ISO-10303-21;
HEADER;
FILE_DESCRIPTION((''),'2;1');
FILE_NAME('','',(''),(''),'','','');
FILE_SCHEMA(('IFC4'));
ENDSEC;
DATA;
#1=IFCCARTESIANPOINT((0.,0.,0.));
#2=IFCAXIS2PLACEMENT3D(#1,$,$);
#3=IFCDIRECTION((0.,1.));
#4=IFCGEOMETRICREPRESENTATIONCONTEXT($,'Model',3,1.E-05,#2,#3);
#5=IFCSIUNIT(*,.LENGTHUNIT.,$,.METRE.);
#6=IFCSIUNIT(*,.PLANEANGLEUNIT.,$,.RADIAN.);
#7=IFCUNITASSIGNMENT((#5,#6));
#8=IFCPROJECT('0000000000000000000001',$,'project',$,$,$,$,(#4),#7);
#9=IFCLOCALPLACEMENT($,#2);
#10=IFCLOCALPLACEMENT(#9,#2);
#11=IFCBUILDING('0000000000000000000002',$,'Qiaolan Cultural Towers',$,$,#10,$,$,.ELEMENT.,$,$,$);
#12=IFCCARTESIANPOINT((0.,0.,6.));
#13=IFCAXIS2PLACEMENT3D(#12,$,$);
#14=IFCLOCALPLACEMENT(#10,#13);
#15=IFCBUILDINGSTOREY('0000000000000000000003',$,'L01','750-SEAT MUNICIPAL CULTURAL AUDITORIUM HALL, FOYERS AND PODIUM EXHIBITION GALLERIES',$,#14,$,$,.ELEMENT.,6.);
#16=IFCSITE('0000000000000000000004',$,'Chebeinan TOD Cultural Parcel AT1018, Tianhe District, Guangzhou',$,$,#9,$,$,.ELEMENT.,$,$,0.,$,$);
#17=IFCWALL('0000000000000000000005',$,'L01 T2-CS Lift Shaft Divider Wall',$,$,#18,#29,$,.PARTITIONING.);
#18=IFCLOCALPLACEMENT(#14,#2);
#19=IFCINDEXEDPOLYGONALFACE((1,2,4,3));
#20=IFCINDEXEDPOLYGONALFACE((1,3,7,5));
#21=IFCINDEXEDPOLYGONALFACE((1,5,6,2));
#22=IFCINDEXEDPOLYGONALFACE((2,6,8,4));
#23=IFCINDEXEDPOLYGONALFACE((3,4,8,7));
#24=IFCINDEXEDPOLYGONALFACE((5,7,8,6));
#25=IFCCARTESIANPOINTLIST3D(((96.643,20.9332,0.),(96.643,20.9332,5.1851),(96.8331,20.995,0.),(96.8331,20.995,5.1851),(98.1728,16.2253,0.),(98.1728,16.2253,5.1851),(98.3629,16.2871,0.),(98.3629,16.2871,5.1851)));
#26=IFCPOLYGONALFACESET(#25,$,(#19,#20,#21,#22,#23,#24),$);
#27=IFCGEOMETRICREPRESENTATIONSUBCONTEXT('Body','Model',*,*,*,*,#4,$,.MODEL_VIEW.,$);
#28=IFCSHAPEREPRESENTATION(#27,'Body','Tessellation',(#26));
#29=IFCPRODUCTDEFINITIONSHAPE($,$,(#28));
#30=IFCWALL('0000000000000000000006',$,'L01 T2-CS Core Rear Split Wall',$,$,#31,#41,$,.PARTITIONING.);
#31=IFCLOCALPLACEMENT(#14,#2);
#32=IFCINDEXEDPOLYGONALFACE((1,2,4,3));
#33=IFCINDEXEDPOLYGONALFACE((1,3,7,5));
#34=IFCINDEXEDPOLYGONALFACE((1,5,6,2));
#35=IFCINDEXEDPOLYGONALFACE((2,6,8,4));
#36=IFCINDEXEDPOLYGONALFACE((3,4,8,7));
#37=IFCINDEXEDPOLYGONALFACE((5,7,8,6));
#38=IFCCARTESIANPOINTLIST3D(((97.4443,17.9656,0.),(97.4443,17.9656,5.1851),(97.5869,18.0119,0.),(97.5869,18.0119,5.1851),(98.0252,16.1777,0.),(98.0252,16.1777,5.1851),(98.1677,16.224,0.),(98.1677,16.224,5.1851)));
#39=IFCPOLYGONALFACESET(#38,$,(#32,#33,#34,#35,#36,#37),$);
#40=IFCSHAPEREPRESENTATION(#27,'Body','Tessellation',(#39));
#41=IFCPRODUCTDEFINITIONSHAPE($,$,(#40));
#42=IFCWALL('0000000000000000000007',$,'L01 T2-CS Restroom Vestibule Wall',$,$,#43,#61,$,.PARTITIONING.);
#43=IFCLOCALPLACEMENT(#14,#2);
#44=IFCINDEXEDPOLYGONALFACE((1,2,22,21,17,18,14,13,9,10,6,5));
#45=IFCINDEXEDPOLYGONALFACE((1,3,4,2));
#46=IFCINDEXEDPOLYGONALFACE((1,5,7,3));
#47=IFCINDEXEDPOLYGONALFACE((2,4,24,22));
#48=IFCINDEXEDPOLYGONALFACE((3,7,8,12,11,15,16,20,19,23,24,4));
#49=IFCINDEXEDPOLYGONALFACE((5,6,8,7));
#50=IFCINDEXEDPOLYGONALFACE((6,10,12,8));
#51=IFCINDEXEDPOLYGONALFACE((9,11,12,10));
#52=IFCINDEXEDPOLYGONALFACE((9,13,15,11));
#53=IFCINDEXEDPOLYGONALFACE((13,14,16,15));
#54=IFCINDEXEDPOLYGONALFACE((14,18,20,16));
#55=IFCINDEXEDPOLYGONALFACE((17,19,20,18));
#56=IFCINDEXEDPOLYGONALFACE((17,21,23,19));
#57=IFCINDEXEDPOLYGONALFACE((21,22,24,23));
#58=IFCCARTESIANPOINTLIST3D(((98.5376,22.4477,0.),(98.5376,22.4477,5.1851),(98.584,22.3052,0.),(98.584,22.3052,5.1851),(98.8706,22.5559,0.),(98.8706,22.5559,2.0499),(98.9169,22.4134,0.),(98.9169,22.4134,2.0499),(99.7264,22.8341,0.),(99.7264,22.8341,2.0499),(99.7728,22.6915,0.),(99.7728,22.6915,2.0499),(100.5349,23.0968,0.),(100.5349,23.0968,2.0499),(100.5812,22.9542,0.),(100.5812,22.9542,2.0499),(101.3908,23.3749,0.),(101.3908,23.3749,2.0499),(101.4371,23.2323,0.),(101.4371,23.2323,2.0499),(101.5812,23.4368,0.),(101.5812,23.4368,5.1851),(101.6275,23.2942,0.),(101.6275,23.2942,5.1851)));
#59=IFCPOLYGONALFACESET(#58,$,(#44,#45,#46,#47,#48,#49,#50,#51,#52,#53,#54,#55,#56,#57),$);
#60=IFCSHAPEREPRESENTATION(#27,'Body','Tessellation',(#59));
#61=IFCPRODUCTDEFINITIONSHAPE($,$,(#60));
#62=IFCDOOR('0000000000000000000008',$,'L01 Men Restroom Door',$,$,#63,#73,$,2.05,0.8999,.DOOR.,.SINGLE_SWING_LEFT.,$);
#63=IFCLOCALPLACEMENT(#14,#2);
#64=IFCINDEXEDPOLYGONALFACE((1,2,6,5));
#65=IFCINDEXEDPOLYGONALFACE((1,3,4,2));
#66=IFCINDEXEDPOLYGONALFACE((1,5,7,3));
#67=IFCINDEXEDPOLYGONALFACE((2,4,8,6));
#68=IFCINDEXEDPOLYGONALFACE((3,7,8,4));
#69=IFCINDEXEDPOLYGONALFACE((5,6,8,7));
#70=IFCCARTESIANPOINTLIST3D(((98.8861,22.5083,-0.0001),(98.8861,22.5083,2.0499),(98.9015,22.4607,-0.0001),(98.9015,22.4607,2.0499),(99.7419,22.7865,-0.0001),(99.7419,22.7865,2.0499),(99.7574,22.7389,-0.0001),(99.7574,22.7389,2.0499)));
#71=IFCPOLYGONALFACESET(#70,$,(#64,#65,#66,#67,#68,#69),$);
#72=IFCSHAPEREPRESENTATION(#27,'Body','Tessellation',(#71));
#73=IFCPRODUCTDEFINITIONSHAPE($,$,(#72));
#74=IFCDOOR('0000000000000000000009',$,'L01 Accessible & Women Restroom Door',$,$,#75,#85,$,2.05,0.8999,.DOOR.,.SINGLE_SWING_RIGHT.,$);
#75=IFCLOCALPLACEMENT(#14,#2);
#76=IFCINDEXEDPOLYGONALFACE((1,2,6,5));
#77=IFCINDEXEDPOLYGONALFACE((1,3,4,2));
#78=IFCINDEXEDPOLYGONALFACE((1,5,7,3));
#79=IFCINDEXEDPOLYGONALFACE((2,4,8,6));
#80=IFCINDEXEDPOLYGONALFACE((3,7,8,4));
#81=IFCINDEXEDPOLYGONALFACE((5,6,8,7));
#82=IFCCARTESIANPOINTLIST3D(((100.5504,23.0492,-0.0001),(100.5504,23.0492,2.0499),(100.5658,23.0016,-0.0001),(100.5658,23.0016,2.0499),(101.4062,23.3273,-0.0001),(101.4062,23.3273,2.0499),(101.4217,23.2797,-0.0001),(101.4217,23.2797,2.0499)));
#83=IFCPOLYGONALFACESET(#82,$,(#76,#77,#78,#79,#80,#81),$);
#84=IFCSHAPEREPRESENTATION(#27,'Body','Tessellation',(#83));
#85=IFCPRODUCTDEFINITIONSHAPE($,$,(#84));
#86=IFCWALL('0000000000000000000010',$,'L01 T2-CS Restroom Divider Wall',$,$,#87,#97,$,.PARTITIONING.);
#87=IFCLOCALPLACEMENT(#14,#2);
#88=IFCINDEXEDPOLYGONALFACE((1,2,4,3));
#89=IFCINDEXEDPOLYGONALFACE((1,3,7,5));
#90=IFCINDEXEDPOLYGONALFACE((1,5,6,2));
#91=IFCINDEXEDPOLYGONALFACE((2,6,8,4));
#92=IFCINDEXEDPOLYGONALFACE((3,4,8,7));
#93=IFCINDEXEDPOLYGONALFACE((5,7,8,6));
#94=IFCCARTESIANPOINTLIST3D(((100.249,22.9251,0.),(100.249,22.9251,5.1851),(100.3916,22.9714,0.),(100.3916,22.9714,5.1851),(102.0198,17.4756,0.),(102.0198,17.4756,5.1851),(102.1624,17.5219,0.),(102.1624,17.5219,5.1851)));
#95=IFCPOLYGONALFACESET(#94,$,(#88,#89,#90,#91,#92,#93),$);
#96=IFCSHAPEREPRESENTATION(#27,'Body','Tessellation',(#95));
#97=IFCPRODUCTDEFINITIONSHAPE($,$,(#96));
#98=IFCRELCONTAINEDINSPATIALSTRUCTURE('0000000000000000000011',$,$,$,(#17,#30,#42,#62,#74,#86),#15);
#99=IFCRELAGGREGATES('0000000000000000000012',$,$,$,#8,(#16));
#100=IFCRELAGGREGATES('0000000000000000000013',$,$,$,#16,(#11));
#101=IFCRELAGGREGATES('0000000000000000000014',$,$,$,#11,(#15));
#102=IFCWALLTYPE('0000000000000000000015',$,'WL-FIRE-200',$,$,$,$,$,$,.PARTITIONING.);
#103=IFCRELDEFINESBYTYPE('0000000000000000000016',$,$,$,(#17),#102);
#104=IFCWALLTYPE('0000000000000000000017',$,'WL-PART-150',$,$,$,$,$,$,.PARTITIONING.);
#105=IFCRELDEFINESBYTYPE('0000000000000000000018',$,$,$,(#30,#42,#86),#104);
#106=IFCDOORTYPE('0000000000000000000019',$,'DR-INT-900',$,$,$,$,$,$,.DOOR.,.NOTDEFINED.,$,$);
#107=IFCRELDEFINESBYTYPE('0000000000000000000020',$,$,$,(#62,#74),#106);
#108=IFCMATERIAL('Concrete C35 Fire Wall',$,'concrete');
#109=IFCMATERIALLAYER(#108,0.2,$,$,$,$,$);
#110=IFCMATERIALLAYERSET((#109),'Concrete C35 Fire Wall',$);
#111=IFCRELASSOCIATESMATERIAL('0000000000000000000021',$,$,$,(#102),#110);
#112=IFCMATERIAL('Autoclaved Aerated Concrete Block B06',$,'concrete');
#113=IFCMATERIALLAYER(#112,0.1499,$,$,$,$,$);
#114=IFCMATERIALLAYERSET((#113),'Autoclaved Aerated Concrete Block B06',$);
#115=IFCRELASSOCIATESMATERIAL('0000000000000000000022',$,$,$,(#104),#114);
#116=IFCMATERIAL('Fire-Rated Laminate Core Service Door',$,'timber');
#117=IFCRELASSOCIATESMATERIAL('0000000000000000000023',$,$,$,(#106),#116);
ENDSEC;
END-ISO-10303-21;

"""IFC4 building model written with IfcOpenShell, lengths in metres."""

from ifc_helpers import new_model, si_unit, direction, frame, frame_2d, origin, place, context, subcontext, project, spatial, rectangle, extrude, material, layer, layer_set, type_object, element, fill, save


model = new_model("IFC4")

# Units and contexts
model_context = context("Model", 3, precision=1e-05, world=origin(), true_north=direction((0.0, 1.0)))
body_context = subcontext(model_context, "Body", "Model", "MODEL_VIEW")
ifc_project = project(units=[si_unit("LENGTHUNIT", "METRE"), si_unit("PLANEANGLEUNIT", "RADIAN")], contexts=[model_context])

# Site, building, storey
site_placement = place(None, origin())
site = spatial("IfcSite", under=ifc_project, at=site_placement, Name="Chebeinan TOD Cultural Parcel AT1018, Tianhe District, Guangzhou", CompositionType="ELEMENT", RefElevation=0.0)
building_placement = place(site_placement, origin())
building = spatial("IfcBuilding", under=site, at=building_placement, Name="Qiaolan Cultural Towers", CompositionType="ELEMENT")
storey_placement = place(building_placement, frame((0.0, 0.0, 6.0)))
storey = spatial("IfcBuildingStorey", under=building, at=storey_placement, Name="L01", Description="750-SEAT MUNICIPAL CULTURAL AUDITORIUM HALL, FOYERS AND PODIUM EXHIBITION GALLERIES", CompositionType="ELEMENT", Elevation=6.0)

# Walls
ifc_material_1 = material(Name="Concrete C35 Fire Wall", Category="concrete")
ifc_layer_1 = layer(ifc_material_1, 0.2)
ifc_layer_set_1 = layer_set([ifc_layer_1], Name="Concrete C35 Fire Wall")
wall_type_1 = type_object("IfcWallType", Name="WL-FIRE-200", PredefinedType="PARTITIONING", material=ifc_layer_set_1)
wall_1_placement = place(storey_placement, frame((96.738, 20.9641, 0.0), z_axis=(0.0, 0.0, 1.0), x_axis=(0.309043, -0.951048, 0.0)))
element("IfcWall", 1, at=wall_1_placement, inside=storey, type_object=wall_type_1, Name="L01 T2-CS Lift Shaft Divider Wall", PredefinedType="PARTITIONING", context=body_context, shape_type="SweptSolid", body=[
    extrude(rectangle(XDim=4.9502, YDim=0.2, at=frame_2d((2.4751, 0.0))), origin(), (0.0, 0.0, 1.0), 5.1851),
])
ifc_material_2 = material(Name="Autoclaved Aerated Concrete Block B06", Category="concrete")
ifc_layer_2 = layer(ifc_material_2, 0.1499)
ifc_layer_set_2 = layer_set([ifc_layer_2], Name="Autoclaved Aerated Concrete Block B06")
wall_type_2 = type_object("IfcWallType", Name="WL-PART-150", PredefinedType="PARTITIONING", material=ifc_layer_set_2)
wall_2_placement = place(storey_placement, frame((97.5156, 17.9888, 0.0), z_axis=(0.0, 0.0, 1.0), x_axis=(0.308972, -0.951071, 0.0)))
element("IfcWall", 2, at=wall_2_placement, inside=storey, type_object=wall_type_2, Name="L01 T2-CS Core Rear Split Wall", PredefinedType="PARTITIONING", context=body_context, shape_type="SweptSolid", body=[
    extrude(rectangle(XDim=1.8799, YDim=0.1499, at=frame_2d((0.9399, 0.0))), origin(), (0.0, 0.0, 1.0), 5.1851),
])

# Wall, openings, doors
wall_3_placement = place(storey_placement, frame((98.5608, 22.3765, 0.0), z_axis=(0.0, 0.0, 1.0), x_axis=(0.951044, 0.309055, 0.0)))
wall_3 = element("IfcWall", 3, at=wall_3_placement, inside=storey, type_object=wall_type_2, Name="L01 T2-CS Restroom Vestibule Wall", PredefinedType="PARTITIONING", context=body_context, shape_type="SweptSolid", body=[
    extrude(rectangle(XDim=3.2002, YDim=0.1499, at=frame_2d((1.6001, 0.0))), origin(), (0.0, 0.0, 1.0), 5.1851),
])
opening_1_placement = place(wall_3_placement, frame((0.3501, 0.0, 0.0)))
opening_1 = element("IfcOpeningElement", 4, at=opening_1_placement, cuts=wall_3, PredefinedType="OPENING", context=body_context, shape_type="SweptSolid", body=[
    extrude(rectangle(XDim=0.8999, YDim=2.05, at=frame_2d((0.45, 1.0249))), frame((0.0, 0.085, 0.0), z_axis=(0.0, -1.0, 0.0), x_axis=(1.0, 0.0, 0.0)), (0.0, 0.0, 1.0), 0.1699),
])
opening_2_placement = place(wall_3_placement, frame((2.1001, 0.0, 0.0)))
opening_2 = element("IfcOpeningElement", 5, at=opening_2_placement, cuts=wall_3, PredefinedType="OPENING", context=body_context, shape_type="SweptSolid", body=[
    extrude(rectangle(XDim=0.8999, YDim=2.05, at=frame_2d((0.45, 1.0249))), frame((0.0, 0.085, 0.0), z_axis=(0.0, -1.0, 0.0), x_axis=(1.0, 0.0, 0.0)), (0.0, 0.0, 1.0), 0.1699),
])
ifc_material_3 = material(Name="Fire-Rated Laminate Core Service Door", Category="timber")
door_type = type_object("IfcDoorType", Name="DR-INT-900", OperationType="NOTDEFINED", PredefinedType="DOOR", material=ifc_material_3)
door_1_placement = place(opening_1_placement, origin())
door_1 = element("IfcDoor", 6, at=door_1_placement, inside=storey, type_object=door_type, Name="L01 Men Restroom Door", OperationType="SINGLE_SWING_LEFT", OverallHeight=2.05, OverallWidth=0.8999, PredefinedType="DOOR", context=body_context, shape_type="SweptSolid", body=[
    extrude(rectangle(XDim=0.8999, YDim=2.05, at=frame_2d((0.45, 1.0249))), frame((0.0, 0.0249, 0.0), z_axis=(0.0, -1.0, 0.0), x_axis=(1.0, 0.0, 0.0)), (0.0, 0.0, 1.0), 0.05),
])
fill(opening_1, door_1)
door_2_placement = place(opening_2_placement, origin())
door_2 = element("IfcDoor", 7, at=door_2_placement, inside=storey, type_object=door_type, Name="L01 Accessible & Women Restroom Door", OperationType="SINGLE_SWING_RIGHT", OverallHeight=2.05, OverallWidth=0.8999, PredefinedType="DOOR", context=body_context, shape_type="SweptSolid", body=[
    extrude(rectangle(XDim=0.8999, YDim=2.05, at=frame_2d((0.45, 1.0249))), frame((0.0, 0.0249, 0.0), z_axis=(0.0, -1.0, 0.0), x_axis=(1.0, 0.0, 0.0)), (0.0, 0.0, 1.0), 0.05),
])
fill(opening_2, door_2)

# Wall
wall_4_placement = place(storey_placement, frame((100.3203, 22.9482, 0.0), z_axis=(0.0, 0.0, 1.0), x_axis=(0.309035, -0.951051, 0.0)))
element("IfcWall", 8, at=wall_4_placement, inside=storey, type_object=wall_type_2, Name="L01 T2-CS Restroom Divider Wall", PredefinedType="PARTITIONING", context=body_context, shape_type="SweptSolid", body=[
    extrude(rectangle(XDim=5.73, YDim=0.1499, at=frame_2d((2.865, 0.0))), origin(), (0.0, 0.0, 1.0), 5.1851),
])

save(model, "model.ifc")
